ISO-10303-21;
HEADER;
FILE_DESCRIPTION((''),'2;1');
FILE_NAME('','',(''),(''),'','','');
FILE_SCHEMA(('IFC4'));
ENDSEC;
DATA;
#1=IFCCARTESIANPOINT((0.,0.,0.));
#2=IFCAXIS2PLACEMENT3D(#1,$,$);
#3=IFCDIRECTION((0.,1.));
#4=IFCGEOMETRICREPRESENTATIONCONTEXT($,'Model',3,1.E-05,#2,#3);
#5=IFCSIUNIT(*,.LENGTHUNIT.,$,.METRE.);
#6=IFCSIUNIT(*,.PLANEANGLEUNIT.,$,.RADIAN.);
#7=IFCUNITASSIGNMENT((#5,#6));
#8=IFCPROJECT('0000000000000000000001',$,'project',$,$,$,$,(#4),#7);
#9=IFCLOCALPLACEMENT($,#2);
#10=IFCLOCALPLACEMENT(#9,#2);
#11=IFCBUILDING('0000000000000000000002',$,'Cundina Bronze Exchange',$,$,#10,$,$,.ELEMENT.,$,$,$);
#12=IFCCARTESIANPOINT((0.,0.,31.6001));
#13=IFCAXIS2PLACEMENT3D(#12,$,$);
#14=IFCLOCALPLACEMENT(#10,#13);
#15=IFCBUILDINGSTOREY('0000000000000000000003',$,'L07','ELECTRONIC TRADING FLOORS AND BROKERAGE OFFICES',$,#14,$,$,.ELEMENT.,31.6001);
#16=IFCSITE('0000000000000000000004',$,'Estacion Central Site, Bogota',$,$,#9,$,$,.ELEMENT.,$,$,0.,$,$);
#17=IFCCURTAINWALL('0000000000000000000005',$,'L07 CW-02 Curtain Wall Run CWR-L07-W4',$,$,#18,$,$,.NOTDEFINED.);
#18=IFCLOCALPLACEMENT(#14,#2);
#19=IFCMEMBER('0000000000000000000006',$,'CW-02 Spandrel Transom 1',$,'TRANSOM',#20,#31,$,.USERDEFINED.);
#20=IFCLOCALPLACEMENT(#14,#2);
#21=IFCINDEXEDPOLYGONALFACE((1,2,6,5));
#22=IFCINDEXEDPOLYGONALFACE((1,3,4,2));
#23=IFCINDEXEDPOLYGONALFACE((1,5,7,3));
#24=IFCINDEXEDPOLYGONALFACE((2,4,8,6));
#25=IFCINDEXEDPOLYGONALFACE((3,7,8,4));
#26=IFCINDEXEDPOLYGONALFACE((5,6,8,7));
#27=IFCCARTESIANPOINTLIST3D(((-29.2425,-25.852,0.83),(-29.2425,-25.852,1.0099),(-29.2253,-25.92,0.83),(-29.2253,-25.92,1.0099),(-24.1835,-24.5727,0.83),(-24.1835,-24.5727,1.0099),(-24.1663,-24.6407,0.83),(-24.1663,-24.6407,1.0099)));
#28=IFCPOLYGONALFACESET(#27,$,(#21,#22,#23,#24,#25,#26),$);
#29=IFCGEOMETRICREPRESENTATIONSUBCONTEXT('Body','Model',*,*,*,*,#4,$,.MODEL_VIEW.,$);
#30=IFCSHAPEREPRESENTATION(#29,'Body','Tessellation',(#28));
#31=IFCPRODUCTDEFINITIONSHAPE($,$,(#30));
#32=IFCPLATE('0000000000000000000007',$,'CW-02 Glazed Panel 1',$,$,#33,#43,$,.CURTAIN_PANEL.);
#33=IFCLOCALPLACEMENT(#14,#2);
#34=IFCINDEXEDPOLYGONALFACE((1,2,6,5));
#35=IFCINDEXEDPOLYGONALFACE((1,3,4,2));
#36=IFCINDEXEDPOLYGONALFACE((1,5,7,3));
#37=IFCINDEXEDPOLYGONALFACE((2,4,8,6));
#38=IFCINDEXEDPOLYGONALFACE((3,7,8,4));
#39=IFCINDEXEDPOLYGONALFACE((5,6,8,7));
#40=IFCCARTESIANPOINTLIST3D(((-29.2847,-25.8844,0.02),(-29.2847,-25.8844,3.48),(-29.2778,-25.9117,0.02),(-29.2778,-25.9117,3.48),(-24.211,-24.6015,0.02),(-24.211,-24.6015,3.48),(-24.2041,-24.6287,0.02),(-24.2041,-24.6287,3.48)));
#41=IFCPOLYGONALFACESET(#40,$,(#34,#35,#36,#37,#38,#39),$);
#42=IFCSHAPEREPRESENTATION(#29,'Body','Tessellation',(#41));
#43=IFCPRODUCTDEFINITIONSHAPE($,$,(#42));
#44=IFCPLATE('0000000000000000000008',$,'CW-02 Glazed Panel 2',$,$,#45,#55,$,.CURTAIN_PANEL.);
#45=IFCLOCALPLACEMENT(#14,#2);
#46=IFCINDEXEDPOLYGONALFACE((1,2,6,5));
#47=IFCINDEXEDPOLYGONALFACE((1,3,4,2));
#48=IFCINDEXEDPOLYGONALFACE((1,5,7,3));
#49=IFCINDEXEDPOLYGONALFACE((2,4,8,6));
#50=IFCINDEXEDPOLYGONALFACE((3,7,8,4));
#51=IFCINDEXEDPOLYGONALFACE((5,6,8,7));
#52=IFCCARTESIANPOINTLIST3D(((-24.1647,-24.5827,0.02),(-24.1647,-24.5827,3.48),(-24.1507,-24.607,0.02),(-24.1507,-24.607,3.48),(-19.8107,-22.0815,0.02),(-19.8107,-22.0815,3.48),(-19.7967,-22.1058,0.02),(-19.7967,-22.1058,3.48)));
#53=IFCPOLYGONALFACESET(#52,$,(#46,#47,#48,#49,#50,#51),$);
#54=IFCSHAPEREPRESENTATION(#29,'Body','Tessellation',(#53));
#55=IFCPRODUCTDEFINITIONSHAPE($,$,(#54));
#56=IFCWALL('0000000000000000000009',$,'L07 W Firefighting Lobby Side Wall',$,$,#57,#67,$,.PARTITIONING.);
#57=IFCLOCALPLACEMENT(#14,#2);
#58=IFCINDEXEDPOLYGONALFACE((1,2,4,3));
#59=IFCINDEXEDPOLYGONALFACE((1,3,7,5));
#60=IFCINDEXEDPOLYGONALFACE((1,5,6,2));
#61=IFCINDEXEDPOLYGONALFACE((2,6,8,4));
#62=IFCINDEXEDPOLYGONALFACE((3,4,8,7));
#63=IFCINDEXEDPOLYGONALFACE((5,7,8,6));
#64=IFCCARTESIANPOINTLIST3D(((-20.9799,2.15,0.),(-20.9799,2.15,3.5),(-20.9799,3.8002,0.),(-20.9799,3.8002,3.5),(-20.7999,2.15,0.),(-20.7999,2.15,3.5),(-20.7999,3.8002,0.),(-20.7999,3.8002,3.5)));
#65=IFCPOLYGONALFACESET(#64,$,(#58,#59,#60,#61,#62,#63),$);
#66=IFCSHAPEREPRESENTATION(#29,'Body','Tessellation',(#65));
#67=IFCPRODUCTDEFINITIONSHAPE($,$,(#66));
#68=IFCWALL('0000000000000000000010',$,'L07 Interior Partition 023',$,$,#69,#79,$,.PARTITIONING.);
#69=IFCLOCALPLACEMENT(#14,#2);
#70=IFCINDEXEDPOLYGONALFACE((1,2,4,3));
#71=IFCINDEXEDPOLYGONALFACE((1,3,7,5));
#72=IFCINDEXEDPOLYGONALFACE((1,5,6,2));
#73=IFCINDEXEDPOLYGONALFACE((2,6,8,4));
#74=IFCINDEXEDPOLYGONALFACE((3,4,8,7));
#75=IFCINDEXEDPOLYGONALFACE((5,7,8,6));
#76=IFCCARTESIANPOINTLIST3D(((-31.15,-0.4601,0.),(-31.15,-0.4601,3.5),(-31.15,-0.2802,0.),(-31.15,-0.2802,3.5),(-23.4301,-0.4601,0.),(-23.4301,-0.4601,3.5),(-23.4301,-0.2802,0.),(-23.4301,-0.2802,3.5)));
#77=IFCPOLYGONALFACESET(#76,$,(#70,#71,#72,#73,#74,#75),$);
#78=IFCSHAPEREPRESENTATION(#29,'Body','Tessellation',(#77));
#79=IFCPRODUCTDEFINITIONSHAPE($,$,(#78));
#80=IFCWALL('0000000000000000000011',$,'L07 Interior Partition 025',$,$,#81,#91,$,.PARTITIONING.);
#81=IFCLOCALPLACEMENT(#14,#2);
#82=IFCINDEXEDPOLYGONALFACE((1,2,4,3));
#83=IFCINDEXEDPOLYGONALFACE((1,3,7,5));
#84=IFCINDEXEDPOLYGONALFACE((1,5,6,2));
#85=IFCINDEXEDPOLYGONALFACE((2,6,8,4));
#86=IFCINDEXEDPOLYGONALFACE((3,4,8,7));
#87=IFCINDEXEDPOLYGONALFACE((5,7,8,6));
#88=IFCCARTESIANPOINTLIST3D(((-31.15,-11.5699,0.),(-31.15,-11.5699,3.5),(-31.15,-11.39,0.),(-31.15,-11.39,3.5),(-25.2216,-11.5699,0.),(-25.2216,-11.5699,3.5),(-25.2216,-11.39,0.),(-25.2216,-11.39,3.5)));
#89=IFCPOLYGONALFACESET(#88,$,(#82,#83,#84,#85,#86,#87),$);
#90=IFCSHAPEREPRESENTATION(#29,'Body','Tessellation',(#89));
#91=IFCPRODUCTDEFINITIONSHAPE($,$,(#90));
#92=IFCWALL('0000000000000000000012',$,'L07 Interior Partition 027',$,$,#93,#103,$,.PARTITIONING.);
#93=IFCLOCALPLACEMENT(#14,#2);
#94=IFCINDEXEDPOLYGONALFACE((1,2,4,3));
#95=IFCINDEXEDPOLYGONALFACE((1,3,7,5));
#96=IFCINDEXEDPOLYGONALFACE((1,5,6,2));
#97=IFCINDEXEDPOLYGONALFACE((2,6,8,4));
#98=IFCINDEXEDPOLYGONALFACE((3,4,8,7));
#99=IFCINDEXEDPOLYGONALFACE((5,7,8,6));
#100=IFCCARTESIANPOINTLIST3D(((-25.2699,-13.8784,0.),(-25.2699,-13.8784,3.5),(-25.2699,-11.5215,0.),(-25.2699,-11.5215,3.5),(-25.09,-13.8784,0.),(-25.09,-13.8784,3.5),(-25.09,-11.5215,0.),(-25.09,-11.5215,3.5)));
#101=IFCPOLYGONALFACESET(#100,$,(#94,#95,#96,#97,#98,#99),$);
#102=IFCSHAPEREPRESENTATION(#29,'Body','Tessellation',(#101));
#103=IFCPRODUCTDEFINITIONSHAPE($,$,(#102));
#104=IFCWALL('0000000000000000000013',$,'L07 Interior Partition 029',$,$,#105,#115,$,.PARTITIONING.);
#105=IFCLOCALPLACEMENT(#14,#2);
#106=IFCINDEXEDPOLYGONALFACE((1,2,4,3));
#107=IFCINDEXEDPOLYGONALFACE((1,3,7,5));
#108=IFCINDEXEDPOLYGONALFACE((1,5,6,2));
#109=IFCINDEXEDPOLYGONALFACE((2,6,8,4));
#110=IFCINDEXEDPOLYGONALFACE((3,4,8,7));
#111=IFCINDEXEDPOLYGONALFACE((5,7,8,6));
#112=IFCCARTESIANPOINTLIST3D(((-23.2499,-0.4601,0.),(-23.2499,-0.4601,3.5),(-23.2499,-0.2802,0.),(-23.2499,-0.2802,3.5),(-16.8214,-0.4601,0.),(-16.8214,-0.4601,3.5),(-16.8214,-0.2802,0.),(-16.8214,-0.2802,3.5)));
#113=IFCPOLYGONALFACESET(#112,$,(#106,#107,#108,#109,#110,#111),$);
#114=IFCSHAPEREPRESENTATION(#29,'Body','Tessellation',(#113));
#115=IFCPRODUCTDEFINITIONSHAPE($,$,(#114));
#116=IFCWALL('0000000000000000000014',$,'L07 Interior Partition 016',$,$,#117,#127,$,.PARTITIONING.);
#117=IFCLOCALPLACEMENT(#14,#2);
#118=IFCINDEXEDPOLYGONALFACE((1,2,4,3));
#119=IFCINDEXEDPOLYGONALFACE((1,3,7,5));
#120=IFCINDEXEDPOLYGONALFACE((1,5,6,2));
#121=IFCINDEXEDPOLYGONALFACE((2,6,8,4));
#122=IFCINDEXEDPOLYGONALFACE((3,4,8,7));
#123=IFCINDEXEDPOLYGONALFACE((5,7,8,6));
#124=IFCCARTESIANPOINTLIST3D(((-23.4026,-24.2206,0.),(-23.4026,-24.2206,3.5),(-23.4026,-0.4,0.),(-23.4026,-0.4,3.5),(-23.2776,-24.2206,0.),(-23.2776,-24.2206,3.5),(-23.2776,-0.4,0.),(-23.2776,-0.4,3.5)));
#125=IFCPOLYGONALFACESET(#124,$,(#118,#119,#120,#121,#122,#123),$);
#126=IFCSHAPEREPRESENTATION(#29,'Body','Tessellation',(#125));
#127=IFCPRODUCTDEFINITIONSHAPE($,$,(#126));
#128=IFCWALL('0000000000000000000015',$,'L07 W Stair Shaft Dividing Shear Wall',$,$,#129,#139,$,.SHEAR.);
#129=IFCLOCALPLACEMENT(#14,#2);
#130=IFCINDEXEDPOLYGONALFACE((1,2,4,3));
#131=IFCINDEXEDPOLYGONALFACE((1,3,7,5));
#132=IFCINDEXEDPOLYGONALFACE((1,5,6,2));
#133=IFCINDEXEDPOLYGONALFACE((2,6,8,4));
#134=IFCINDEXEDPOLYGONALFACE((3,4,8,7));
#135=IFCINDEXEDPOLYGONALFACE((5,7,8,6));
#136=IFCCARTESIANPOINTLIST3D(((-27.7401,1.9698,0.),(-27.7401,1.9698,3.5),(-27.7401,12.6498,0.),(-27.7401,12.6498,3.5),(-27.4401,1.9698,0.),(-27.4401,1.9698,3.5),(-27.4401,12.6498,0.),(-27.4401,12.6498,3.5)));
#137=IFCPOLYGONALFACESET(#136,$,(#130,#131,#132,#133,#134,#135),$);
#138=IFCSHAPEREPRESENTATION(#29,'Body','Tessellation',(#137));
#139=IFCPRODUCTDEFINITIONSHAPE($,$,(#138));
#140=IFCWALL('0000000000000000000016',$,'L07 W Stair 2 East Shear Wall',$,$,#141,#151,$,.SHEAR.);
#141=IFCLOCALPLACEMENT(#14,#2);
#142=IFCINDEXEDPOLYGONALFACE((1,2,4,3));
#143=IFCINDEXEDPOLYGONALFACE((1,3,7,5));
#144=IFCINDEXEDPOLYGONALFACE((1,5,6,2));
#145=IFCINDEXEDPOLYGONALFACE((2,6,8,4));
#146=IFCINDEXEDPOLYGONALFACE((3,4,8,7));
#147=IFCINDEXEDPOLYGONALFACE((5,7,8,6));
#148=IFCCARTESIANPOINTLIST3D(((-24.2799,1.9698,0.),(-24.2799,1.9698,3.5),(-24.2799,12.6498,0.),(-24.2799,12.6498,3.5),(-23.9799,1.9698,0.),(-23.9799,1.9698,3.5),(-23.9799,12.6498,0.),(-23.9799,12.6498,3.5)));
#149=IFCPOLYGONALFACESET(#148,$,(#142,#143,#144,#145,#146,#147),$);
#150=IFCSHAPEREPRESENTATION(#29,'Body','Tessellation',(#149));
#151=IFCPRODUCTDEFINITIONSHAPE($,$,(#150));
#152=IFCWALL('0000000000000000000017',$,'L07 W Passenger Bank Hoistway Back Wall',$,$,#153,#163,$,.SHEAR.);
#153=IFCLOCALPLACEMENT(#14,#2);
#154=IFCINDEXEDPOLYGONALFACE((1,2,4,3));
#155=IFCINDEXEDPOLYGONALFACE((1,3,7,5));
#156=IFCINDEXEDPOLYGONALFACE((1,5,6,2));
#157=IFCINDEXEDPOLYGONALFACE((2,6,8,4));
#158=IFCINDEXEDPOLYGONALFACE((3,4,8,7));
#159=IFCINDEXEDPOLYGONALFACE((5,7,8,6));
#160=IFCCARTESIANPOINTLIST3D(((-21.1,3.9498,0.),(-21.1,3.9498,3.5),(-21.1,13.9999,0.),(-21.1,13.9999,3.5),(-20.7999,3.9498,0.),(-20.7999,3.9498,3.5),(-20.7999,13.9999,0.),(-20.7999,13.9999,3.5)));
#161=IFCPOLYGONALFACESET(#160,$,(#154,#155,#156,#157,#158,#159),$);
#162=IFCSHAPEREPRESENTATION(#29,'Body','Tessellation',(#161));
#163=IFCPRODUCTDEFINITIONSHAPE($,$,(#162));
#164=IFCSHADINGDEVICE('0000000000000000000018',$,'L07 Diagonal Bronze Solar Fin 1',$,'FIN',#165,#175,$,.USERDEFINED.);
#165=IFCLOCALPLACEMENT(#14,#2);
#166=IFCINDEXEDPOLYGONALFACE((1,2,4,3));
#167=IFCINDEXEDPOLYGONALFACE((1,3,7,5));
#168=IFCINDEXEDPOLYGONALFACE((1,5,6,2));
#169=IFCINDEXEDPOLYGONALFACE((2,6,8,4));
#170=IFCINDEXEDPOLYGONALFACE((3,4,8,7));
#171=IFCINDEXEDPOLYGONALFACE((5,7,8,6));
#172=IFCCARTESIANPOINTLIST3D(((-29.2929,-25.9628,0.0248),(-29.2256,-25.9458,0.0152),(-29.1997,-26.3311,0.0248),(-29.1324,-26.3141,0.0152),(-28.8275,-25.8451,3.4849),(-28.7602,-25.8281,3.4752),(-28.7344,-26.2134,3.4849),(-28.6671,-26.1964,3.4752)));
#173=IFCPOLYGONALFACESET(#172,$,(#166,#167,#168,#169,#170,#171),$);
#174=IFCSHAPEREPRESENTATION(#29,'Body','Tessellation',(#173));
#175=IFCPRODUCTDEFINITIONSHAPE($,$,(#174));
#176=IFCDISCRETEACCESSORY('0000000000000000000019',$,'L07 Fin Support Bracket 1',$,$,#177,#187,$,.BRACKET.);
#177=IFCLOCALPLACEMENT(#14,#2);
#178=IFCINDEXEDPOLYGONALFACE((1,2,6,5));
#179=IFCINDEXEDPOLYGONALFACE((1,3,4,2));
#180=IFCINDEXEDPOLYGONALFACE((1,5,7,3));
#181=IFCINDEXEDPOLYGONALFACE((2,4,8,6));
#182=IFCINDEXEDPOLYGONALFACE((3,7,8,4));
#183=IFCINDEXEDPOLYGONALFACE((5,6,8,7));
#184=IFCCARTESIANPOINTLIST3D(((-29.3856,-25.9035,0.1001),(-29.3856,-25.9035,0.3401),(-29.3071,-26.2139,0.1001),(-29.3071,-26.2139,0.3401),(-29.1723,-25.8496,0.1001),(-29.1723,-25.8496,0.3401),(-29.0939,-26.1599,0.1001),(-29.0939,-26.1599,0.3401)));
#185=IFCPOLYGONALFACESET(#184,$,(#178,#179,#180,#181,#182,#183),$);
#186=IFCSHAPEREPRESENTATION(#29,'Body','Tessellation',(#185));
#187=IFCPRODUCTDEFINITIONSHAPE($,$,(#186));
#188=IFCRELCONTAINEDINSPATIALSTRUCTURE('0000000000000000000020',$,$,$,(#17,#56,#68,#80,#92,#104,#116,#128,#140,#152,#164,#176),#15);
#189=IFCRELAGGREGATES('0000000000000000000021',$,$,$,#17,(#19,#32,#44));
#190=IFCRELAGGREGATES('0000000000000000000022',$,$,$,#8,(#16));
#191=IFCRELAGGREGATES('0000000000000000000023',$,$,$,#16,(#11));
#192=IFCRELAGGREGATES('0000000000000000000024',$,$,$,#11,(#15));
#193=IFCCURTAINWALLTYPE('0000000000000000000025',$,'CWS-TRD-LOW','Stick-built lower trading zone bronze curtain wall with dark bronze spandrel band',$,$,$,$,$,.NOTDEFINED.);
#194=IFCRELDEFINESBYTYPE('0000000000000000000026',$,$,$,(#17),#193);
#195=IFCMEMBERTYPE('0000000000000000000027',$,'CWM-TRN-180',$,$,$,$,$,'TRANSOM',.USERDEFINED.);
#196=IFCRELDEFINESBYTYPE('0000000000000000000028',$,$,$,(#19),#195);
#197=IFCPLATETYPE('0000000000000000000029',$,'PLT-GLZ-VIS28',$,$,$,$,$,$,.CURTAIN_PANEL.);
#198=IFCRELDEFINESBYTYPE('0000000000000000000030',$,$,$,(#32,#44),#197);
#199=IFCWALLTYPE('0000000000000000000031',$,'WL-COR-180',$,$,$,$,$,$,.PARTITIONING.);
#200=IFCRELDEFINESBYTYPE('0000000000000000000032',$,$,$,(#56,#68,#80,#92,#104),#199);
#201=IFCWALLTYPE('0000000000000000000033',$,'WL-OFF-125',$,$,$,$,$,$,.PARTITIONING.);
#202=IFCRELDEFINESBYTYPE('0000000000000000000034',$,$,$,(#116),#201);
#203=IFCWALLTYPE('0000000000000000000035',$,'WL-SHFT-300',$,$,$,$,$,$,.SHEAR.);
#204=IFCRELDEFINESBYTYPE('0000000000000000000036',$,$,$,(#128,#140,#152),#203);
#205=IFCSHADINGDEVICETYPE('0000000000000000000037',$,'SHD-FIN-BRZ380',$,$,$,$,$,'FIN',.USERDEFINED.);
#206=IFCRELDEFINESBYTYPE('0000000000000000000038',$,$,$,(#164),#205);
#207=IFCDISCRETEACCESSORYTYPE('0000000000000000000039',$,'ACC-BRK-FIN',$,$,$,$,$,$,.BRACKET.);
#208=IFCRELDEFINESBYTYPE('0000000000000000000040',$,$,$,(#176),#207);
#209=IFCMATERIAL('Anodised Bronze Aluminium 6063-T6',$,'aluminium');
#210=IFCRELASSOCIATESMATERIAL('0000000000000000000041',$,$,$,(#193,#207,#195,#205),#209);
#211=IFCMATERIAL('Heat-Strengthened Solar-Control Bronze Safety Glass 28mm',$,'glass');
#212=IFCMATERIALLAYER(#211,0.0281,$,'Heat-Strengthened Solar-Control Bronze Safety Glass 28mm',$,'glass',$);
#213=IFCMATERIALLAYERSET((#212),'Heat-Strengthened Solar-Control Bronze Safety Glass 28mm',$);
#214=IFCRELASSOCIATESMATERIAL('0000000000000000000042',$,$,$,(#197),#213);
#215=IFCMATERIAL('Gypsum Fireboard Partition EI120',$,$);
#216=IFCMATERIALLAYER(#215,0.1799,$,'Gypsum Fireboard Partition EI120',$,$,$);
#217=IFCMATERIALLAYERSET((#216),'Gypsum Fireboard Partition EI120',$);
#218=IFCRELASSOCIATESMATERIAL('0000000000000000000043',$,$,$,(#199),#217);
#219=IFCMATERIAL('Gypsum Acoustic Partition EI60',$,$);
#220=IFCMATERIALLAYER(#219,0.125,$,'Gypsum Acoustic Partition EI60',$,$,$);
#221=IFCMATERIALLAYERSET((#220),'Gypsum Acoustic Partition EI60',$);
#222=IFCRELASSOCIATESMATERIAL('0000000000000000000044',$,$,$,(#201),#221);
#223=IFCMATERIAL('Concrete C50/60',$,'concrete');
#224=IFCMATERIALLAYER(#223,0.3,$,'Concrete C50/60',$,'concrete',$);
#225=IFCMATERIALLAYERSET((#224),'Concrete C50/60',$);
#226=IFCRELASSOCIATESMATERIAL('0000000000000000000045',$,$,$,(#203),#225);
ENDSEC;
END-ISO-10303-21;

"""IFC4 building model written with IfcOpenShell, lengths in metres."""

from ifc_helpers import new_model, si_unit, direction, frame, frame_2d, origin, origin_2d, place, context, subcontext, project, spatial, rectangle, extrude, material, layer, layer_set, material_profile, profile_set, type_object, element, aggregate, save


model = new_model("IFC4")

# Units and contexts
model_context = context("Model", 3, precision=1e-05, world=origin(), true_north=direction((0.0, 1.0)))
body_context = subcontext(model_context, "Body", "Model", "MODEL_VIEW")
ifc_project = project(units=[si_unit("LENGTHUNIT", "METRE"), si_unit("PLANEANGLEUNIT", "RADIAN")], contexts=[model_context])

# Site, building, storey
site_placement = place(None, origin())
site = spatial("IfcSite", under=ifc_project, at=site_placement, Name="Estacion Central Site, Bogota", CompositionType="ELEMENT", RefElevation=0.0)
building_placement = place(site_placement, origin())
building = spatial("IfcBuilding", under=site, at=building_placement, Name="Cundina Bronze Exchange", CompositionType="ELEMENT")
storey_placement = place(building_placement, frame((0.0, 0.0, 31.6001)))
storey = spatial("IfcBuildingStorey", under=building, at=storey_placement, Name="L07", Description="ELECTRONIC TRADING FLOORS AND BROKERAGE OFFICES", CompositionType="ELEMENT", Elevation=31.6001)

# Shared definitions
ifc_material_1 = material(Name="Anodised Bronze Aluminium 6063-T6", Category="aluminium")
curtain_wall_type = type_object("IfcCurtainWallType", Name="CWS-TRD-LOW", Description="Stick-built lower trading zone bronze curtain wall with dark bronze spandrel band", PredefinedType="NOTDEFINED", material=ifc_material_1)

# Curtain wall, member, plates
curtain_wall_1_placement = place(storey_placement, origin())
curtain_wall_1 = element("IfcCurtainWall", 1, at=curtain_wall_1_placement, inside=storey, type_object=curtain_wall_type, Name="L07 CW-02 Curtain Wall Run CWR-L07-W4", PredefinedType="NOTDEFINED")
ifc_material_profile_1 = material_profile(ifc_material_1, rectangle(XDim=0.0701, YDim=0.1799, at=origin_2d()), Name="AL70X180", Category="aluminium")
ifc_profile_set_1 = profile_set([ifc_material_profile_1], Name="Anodised Bronze Aluminium 6063-T6")
member_type_1 = type_object("IfcMemberType", Name="CWM-TRN-180", ElementType="TRANSOM", PredefinedType="USERDEFINED", material=ifc_profile_set_1)
member_1_placement = place(storey_placement, frame((-29.2339, -25.886, 0.9199), z_axis=(0.969484, 0.245155, 0.0), x_axis=(-0.245155, 0.969484, 0.0)))
member_1 = element("IfcMember", 2, at=member_1_placement, type_object=member_type_1, Name="CW-02 Spandrel Transom 1", ObjectType="TRANSOM", PredefinedType="USERDEFINED", context=body_context, shape_type="SweptSolid", body=[
    extrude(rectangle(XDim=0.0701, YDim=0.1799, at=origin_2d()), origin(), (0.0, 0.0, 1.0), 5.2183),
])
ifc_material_2 = material(Name="Heat-Strengthened Solar-Control Bronze Safety Glass 28mm", Category="glass")
ifc_layer_1 = layer(ifc_material_2, 0.0281, Name="Heat-Strengthened Solar-Control Bronze Safety Glass 28mm", Category="glass")
ifc_layer_set_1 = layer_set([ifc_layer_1], Name="Heat-Strengthened Solar-Control Bronze Safety Glass 28mm")
plate_type = type_object("IfcPlateType", Name="PLT-GLZ-VIS28", PredefinedType="CURTAIN_PANEL", material=ifc_layer_set_1)
plate_1_placement = place(storey_placement, frame((-26.7444, -25.2566, 0.02), z_axis=(0.0, 0.0, 1.0), x_axis=(0.969488, 0.245138, 0.0)))
plate_1 = element("IfcPlate", 3, at=plate_1_placement, type_object=plate_type, Name="CW-02 Glazed Panel 1", PredefinedType="CURTAIN_PANEL", context=body_context, shape_type="SweptSolid", body=[
    extrude(rectangle(XDim=5.2334, YDim=0.0281, at=origin_2d()), origin(), (0.0, 0.0, 1.0), 3.46),
])
plate_2_placement = place(storey_placement, frame((-21.9807, -23.3442, 0.02), z_axis=(0.0, 0.0, 1.0), x_axis=(0.867105, 0.498125, 0.0)))
plate_2 = element("IfcPlate", 4, at=plate_2_placement, type_object=plate_type, Name="CW-02 Glazed Panel 2", PredefinedType="CURTAIN_PANEL", context=body_context, shape_type="SweptSolid", body=[
    extrude(rectangle(XDim=5.0212, YDim=0.0281, at=origin_2d()), origin(), (0.0, 0.0, 1.0), 3.46),
])
aggregate(curtain_wall_1, [member_1, plate_1, plate_2])

# Wall
ifc_material_3 = material(Name="Gypsum Fireboard Partition EI120")
ifc_layer_2 = layer(ifc_material_3, 0.1799, Name="Gypsum Fireboard Partition EI120")
ifc_layer_set_2 = layer_set([ifc_layer_2], Name="Gypsum Fireboard Partition EI120")
wall_type_1 = type_object("IfcWallType", Name="WL-COR-180", PredefinedType="PARTITIONING", material=ifc_layer_set_2)
wall_1_placement = place(storey_placement, frame((-20.8899, 2.1499, 0.0), z_axis=(0.0, 0.0, 1.0), x_axis=(0.0, 1.0, 0.0)))
element("IfcWall", 5, at=wall_1_placement, inside=storey, type_object=wall_type_1, Name="L07 W Firefighting Lobby Side Wall", PredefinedType="PARTITIONING", context=body_context, shape_type="SweptSolid", body=[
    extrude(rectangle(XDim=1.6501, YDim=0.1799, at=frame_2d((0.8252, 0.0))), origin(), (0.0, 0.0, 1.0), 3.5),
])

# Walls
wall_2_placement = place(storey_placement, frame((-31.1499, -0.3701, 0.0), z_axis=(0.0, 0.0, 1.0), x_axis=(1.0, 0.0, 0.0)))
element("IfcWall", 6, at=wall_2_placement, inside=storey, type_object=wall_type_1, Name="L07 Interior Partition 023", PredefinedType="PARTITIONING", context=body_context, shape_type="SweptSolid", body=[
    extrude(rectangle(XDim=7.72, YDim=0.1799, at=frame_2d((3.8599, 0.0))), origin(), (0.0, 0.0, 1.0), 3.5),
])
wall_3_placement = place(storey_placement, frame((-25.2214, -11.48, 0.0), z_axis=(0.0, 0.0, 1.0), x_axis=(-1.0, 0.0, 0.0)))
element("IfcWall", 7, at=wall_3_placement, inside=storey, type_object=wall_type_1, Name="L07 Interior Partition 025", PredefinedType="PARTITIONING", context=body_context, shape_type="SweptSolid", body=[
    extrude(rectangle(XDim=5.9285, YDim=0.1799, at=frame_2d((2.9644, 0.0))), origin(), (0.0, 0.0, 1.0), 3.5),
])
wall_4_placement = place(storey_placement, frame((-25.1799, -13.8784, 0.0), z_axis=(0.0, 0.0, 1.0), x_axis=(0.0, 1.0, 0.0)))
element("IfcWall", 8, at=wall_4_placement, inside=storey, type_object=wall_type_1, Name="L07 Interior Partition 027", PredefinedType="PARTITIONING", context=body_context, shape_type="SweptSolid", body=[
    extrude(rectangle(XDim=2.3569, YDim=0.1799, at=frame_2d((1.1785, 0.0))), origin(), (0.0, 0.0, 1.0), 3.5),
])
wall_5_placement = place(storey_placement, frame((-23.25, -0.3701, 0.0), z_axis=(0.0, 0.0, 1.0), x_axis=(1.0, 0.0, 0.0)))
element("IfcWall", 9, at=wall_5_placement, inside=storey, type_object=wall_type_1, Name="L07 Interior Partition 029", PredefinedType="PARTITIONING", context=body_context, shape_type="SweptSolid", body=[
    extrude(rectangle(XDim=6.4285, YDim=0.1799, at=frame_2d((3.2144, 0.0))), origin(), (0.0, 0.0, 1.0), 3.5),
])
ifc_material_4 = material(Name="Gypsum Acoustic Partition EI60")
ifc_layer_3 = layer(ifc_material_4, 0.125, Name="Gypsum Acoustic Partition EI60")
ifc_layer_set_3 = layer_set([ifc_layer_3], Name="Gypsum Acoustic Partition EI60")
wall_type_2 = type_object("IfcWallType", Name="WL-OFF-125", PredefinedType="PARTITIONING", material=ifc_layer_set_3)
wall_6_placement = place(storey_placement, frame((-23.3401, -24.2205, 0.0), z_axis=(0.0, 0.0, 1.0), x_axis=(0.0, 1.0, 0.0)))
element("IfcWall", 10, at=wall_6_placement, inside=storey, type_object=wall_type_2, Name="L07 Interior Partition 016", PredefinedType="PARTITIONING", context=body_context, shape_type="SweptSolid", body=[
    extrude(rectangle(XDim=23.8206, YDim=0.125, at=frame_2d((11.9102, 0.0))), origin(), (0.0, 0.0, 1.0), 3.5),
])
ifc_material_5 = material(Name="Concrete C50/60", Category="concrete")
ifc_layer_4 = layer(ifc_material_5, 0.3, Name="Concrete C50/60", Category="concrete")
ifc_layer_set_4 = layer_set([ifc_layer_4], Name="Concrete C50/60")
wall_type_3 = type_object("IfcWallType", Name="WL-SHFT-300", PredefinedType="SHEAR", material=ifc_layer_set_4)
for number, where, z_axis, x_axis, name in (
    (11, (-27.5901, 1.97, 0.0), (0.0, 0.0, 1.0), (0.0, 1.0, 0.0), "L07 W Stair Shaft Dividing Shear Wall"),
    (12, (-24.1299, 1.97, 0.0), (0.0, 0.0, 1.0), (0.0, 1.0, 0.0), "L07 W Stair 2 East Shear Wall"),
):
    element("IfcWall", number, at=place(storey_placement, frame(where, z_axis=z_axis, x_axis=x_axis)), inside=storey, type_object=wall_type_3, Name=name, PredefinedType="SHEAR", context=body_context, shape_type="SweptSolid", body=[
        extrude(rectangle(XDim=10.6799, YDim=0.3, at=frame_2d((5.3398, 0.0))), origin(), (0.0, 0.0, 1.0), 3.5),
    ])
wall_7_placement = place(storey_placement, frame((-20.95, 3.95, 0.0), z_axis=(0.0, 0.0, 1.0), x_axis=(0.0, 1.0, 0.0)))
element("IfcWall", 13, at=wall_7_placement, inside=storey, type_object=wall_type_3, Name="L07 W Passenger Bank Hoistway Back Wall", PredefinedType="SHEAR", context=body_context, shape_type="SweptSolid", body=[
    extrude(rectangle(XDim=10.05, YDim=0.3, at=frame_2d((5.0249, 0.0))), origin(), (0.0, 0.0, 1.0), 3.5),
])

# Shading device
ifc_material_profile_2 = material_profile(ifc_material_1, rectangle(XDim=0.0701, YDim=0.3799, at=origin_2d()), Name="FIN70X380", Category="aluminium")
ifc_profile_set_2 = profile_set([ifc_material_profile_2], Name="Anodised Bronze Aluminium 6063-T6")
shading_device_type = type_object("IfcShadingDeviceType", Name="SHD-FIN-BRZ380", ElementType="FIN", PredefinedType="USERDEFINED", material=ifc_profile_set_2)
shading_device_placement = place(storey_placement, frame((-29.2126, -26.1384, 0.02), z_axis=(0.133215, 0.033688, 0.990514), x_axis=(-0.960285, -0.242842, 0.137408)))
element("IfcShadingDevice", 14, at=shading_device_placement, inside=storey, type_object=shading_device_type, Name="L07 Diagonal Bronze Solar Fin 1", ObjectType="FIN", PredefinedType="USERDEFINED", context=body_context, shape_type="SweptSolid", body=[
    extrude(rectangle(XDim=0.0701, YDim=0.3799, at=origin_2d()), origin(), (0.0, 0.0, 1.0), 3.4932),
])

# Discrete accessory
discrete_accessory_type = type_object("IfcDiscreteAccessoryType", Name="ACC-BRK-FIN", PredefinedType="BRACKET", material=ifc_material_1)
discrete_accessory_placement = place(storey_placement, frame((-29.2397, -26.0317, 0.1001), z_axis=(0.0, 0.0, 1.0), x_axis=(0.969488, 0.245138, 0.0)))
element("IfcDiscreteAccessory", 15, at=discrete_accessory_placement, inside=storey, type_object=discrete_accessory_type, Name="L07 Fin Support Bracket 1", PredefinedType="BRACKET", context=body_context, shape_type="SweptSolid", body=[
    extrude(rectangle(XDim=0.22, YDim=0.3201, at=origin_2d()), origin(), (0.0, 0.0, 1.0), 0.24),
])

save(model, "model.ifc")
